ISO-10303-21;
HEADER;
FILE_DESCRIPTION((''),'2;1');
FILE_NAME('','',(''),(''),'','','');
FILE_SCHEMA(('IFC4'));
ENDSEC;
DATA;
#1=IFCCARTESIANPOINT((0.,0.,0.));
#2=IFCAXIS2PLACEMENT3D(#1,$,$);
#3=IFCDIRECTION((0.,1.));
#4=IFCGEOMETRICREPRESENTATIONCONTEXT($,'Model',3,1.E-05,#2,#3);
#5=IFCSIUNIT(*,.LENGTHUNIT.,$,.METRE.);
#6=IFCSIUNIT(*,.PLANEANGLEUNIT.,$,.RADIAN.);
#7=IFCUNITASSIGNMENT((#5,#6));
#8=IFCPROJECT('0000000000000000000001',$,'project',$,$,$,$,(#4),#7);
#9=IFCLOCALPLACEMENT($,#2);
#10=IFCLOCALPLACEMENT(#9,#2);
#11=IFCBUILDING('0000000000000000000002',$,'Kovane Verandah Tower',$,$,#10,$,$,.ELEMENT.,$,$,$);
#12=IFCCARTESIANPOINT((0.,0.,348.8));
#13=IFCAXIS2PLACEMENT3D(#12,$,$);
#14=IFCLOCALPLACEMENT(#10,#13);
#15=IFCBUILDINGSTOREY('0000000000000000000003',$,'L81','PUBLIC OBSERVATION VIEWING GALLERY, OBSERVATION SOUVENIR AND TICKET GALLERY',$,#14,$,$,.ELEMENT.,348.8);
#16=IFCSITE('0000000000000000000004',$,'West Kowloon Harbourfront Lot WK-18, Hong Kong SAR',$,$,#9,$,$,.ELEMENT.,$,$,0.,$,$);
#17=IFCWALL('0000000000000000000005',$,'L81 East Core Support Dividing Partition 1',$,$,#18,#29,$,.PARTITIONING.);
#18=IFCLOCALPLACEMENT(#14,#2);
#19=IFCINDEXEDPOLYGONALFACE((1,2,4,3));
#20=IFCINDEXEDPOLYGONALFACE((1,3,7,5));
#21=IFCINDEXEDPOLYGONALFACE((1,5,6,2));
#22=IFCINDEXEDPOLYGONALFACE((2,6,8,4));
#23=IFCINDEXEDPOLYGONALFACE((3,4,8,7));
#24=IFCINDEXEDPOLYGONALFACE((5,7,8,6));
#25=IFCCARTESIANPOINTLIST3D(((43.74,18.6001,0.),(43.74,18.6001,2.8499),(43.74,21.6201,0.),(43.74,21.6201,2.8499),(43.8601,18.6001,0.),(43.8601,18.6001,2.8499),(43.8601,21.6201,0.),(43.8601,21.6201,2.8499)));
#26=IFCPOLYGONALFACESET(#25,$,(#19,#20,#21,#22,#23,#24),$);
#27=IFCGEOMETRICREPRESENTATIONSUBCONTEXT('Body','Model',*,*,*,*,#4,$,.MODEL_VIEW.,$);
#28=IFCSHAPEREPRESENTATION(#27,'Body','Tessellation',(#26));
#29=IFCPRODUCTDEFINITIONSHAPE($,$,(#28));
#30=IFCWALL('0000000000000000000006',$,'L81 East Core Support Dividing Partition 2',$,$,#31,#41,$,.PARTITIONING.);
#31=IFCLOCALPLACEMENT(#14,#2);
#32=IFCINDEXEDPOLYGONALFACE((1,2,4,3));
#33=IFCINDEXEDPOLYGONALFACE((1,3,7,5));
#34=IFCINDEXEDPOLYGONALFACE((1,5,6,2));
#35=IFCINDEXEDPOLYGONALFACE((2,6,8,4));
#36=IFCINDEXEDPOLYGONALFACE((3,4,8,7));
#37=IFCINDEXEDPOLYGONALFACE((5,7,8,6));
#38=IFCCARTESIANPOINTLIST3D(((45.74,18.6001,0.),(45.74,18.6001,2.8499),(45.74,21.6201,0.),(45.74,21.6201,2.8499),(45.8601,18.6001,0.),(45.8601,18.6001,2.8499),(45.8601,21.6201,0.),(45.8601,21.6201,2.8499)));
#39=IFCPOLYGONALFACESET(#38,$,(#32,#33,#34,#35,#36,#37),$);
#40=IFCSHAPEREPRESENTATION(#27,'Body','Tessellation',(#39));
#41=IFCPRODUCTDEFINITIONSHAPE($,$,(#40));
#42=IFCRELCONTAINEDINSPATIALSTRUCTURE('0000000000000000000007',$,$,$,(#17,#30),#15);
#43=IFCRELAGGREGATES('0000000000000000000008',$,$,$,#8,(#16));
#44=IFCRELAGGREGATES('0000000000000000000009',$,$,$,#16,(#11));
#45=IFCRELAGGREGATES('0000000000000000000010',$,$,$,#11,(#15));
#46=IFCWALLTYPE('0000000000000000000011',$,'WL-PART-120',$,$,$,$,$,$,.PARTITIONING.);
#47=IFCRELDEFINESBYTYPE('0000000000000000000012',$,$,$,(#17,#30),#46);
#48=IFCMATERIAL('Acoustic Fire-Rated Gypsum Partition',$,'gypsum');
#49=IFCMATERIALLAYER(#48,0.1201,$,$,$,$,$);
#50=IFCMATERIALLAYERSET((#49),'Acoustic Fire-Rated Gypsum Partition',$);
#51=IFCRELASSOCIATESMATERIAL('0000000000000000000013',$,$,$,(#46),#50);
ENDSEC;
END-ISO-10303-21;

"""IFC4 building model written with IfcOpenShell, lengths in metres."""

from ifc_helpers import new_model, si_unit, direction, frame, frame_2d, origin, place, context, subcontext, project, spatial, rectangle, extrude, material, layer, layer_set, type_object, element, save


model = new_model("IFC4")

# Units and contexts
model_context = context("Model", 3, precision=1e-05, world=origin(), true_north=direction((0.0, 1.0)))
body_context = subcontext(model_context, "Body", "Model", "MODEL_VIEW")
ifc_project = project(units=[si_unit("LENGTHUNIT", "METRE"), si_unit("PLANEANGLEUNIT", "RADIAN")], contexts=[model_context])

# Site, building, storey
site_placement = place(None, origin())
site = spatial("IfcSite", under=ifc_project, at=site_placement, Name="West Kowloon Harbourfront Lot WK-18, Hong Kong SAR", CompositionType="ELEMENT", RefElevation=0.0)
building_placement = place(site_placement, origin())
building = spatial("IfcBuilding", under=site, at=building_placement, Name="Kovane Verandah Tower", CompositionType="ELEMENT")
storey_placement = place(building_placement, frame((0.0, 0.0, 348.8)))
storey = spatial("IfcBuildingStorey", under=building, at=storey_placement, Name="L81", Description="PUBLIC OBSERVATION VIEWING GALLERY, OBSERVATION SOUVENIR AND TICKET GALLERY", CompositionType="ELEMENT", Elevation=348.8)

# Walls
ifc_material_1 = material(Name="Acoustic Fire-Rated Gypsum Partition", Category="gypsum")
ifc_layer_1 = layer(ifc_material_1, 0.1201)
ifc_layer_set_1 = layer_set([ifc_layer_1], Name="Acoustic Fire-Rated Gypsum Partition")
wall_type_1 = type_object("IfcWallType", Name="WL-PART-120", PredefinedType="PARTITIONING", material=ifc_layer_set_1)
for number, where, z_axis, x_axis, name in (
    (1, (43.8, 18.6001, 0.0), (0.0, 0.0, 1.0), (0.0, 1.0, 0.0), "L81 East Core Support Dividing Partition 1"),
    (2, (45.8, 18.6001, 0.0), (0.0, 0.0, 1.0), (0.0, 1.0, 0.0), "L81 East Core Support Dividing Partition 2"),
):
    element("IfcWall", number, at=place(storey_placement, frame(where, z_axis=z_axis, x_axis=x_axis)), inside=storey, type_object=wall_type_1, Name=name, PredefinedType="PARTITIONING", context=body_context, shape_type="SweptSolid", body=[
        extrude(rectangle(XDim=3.02, YDim=0.1201, at=frame_2d((1.51, 0.0))), origin(), (0.0, 0.0, 1.0), 2.8499),
    ])

save(model, "model.ifc")
